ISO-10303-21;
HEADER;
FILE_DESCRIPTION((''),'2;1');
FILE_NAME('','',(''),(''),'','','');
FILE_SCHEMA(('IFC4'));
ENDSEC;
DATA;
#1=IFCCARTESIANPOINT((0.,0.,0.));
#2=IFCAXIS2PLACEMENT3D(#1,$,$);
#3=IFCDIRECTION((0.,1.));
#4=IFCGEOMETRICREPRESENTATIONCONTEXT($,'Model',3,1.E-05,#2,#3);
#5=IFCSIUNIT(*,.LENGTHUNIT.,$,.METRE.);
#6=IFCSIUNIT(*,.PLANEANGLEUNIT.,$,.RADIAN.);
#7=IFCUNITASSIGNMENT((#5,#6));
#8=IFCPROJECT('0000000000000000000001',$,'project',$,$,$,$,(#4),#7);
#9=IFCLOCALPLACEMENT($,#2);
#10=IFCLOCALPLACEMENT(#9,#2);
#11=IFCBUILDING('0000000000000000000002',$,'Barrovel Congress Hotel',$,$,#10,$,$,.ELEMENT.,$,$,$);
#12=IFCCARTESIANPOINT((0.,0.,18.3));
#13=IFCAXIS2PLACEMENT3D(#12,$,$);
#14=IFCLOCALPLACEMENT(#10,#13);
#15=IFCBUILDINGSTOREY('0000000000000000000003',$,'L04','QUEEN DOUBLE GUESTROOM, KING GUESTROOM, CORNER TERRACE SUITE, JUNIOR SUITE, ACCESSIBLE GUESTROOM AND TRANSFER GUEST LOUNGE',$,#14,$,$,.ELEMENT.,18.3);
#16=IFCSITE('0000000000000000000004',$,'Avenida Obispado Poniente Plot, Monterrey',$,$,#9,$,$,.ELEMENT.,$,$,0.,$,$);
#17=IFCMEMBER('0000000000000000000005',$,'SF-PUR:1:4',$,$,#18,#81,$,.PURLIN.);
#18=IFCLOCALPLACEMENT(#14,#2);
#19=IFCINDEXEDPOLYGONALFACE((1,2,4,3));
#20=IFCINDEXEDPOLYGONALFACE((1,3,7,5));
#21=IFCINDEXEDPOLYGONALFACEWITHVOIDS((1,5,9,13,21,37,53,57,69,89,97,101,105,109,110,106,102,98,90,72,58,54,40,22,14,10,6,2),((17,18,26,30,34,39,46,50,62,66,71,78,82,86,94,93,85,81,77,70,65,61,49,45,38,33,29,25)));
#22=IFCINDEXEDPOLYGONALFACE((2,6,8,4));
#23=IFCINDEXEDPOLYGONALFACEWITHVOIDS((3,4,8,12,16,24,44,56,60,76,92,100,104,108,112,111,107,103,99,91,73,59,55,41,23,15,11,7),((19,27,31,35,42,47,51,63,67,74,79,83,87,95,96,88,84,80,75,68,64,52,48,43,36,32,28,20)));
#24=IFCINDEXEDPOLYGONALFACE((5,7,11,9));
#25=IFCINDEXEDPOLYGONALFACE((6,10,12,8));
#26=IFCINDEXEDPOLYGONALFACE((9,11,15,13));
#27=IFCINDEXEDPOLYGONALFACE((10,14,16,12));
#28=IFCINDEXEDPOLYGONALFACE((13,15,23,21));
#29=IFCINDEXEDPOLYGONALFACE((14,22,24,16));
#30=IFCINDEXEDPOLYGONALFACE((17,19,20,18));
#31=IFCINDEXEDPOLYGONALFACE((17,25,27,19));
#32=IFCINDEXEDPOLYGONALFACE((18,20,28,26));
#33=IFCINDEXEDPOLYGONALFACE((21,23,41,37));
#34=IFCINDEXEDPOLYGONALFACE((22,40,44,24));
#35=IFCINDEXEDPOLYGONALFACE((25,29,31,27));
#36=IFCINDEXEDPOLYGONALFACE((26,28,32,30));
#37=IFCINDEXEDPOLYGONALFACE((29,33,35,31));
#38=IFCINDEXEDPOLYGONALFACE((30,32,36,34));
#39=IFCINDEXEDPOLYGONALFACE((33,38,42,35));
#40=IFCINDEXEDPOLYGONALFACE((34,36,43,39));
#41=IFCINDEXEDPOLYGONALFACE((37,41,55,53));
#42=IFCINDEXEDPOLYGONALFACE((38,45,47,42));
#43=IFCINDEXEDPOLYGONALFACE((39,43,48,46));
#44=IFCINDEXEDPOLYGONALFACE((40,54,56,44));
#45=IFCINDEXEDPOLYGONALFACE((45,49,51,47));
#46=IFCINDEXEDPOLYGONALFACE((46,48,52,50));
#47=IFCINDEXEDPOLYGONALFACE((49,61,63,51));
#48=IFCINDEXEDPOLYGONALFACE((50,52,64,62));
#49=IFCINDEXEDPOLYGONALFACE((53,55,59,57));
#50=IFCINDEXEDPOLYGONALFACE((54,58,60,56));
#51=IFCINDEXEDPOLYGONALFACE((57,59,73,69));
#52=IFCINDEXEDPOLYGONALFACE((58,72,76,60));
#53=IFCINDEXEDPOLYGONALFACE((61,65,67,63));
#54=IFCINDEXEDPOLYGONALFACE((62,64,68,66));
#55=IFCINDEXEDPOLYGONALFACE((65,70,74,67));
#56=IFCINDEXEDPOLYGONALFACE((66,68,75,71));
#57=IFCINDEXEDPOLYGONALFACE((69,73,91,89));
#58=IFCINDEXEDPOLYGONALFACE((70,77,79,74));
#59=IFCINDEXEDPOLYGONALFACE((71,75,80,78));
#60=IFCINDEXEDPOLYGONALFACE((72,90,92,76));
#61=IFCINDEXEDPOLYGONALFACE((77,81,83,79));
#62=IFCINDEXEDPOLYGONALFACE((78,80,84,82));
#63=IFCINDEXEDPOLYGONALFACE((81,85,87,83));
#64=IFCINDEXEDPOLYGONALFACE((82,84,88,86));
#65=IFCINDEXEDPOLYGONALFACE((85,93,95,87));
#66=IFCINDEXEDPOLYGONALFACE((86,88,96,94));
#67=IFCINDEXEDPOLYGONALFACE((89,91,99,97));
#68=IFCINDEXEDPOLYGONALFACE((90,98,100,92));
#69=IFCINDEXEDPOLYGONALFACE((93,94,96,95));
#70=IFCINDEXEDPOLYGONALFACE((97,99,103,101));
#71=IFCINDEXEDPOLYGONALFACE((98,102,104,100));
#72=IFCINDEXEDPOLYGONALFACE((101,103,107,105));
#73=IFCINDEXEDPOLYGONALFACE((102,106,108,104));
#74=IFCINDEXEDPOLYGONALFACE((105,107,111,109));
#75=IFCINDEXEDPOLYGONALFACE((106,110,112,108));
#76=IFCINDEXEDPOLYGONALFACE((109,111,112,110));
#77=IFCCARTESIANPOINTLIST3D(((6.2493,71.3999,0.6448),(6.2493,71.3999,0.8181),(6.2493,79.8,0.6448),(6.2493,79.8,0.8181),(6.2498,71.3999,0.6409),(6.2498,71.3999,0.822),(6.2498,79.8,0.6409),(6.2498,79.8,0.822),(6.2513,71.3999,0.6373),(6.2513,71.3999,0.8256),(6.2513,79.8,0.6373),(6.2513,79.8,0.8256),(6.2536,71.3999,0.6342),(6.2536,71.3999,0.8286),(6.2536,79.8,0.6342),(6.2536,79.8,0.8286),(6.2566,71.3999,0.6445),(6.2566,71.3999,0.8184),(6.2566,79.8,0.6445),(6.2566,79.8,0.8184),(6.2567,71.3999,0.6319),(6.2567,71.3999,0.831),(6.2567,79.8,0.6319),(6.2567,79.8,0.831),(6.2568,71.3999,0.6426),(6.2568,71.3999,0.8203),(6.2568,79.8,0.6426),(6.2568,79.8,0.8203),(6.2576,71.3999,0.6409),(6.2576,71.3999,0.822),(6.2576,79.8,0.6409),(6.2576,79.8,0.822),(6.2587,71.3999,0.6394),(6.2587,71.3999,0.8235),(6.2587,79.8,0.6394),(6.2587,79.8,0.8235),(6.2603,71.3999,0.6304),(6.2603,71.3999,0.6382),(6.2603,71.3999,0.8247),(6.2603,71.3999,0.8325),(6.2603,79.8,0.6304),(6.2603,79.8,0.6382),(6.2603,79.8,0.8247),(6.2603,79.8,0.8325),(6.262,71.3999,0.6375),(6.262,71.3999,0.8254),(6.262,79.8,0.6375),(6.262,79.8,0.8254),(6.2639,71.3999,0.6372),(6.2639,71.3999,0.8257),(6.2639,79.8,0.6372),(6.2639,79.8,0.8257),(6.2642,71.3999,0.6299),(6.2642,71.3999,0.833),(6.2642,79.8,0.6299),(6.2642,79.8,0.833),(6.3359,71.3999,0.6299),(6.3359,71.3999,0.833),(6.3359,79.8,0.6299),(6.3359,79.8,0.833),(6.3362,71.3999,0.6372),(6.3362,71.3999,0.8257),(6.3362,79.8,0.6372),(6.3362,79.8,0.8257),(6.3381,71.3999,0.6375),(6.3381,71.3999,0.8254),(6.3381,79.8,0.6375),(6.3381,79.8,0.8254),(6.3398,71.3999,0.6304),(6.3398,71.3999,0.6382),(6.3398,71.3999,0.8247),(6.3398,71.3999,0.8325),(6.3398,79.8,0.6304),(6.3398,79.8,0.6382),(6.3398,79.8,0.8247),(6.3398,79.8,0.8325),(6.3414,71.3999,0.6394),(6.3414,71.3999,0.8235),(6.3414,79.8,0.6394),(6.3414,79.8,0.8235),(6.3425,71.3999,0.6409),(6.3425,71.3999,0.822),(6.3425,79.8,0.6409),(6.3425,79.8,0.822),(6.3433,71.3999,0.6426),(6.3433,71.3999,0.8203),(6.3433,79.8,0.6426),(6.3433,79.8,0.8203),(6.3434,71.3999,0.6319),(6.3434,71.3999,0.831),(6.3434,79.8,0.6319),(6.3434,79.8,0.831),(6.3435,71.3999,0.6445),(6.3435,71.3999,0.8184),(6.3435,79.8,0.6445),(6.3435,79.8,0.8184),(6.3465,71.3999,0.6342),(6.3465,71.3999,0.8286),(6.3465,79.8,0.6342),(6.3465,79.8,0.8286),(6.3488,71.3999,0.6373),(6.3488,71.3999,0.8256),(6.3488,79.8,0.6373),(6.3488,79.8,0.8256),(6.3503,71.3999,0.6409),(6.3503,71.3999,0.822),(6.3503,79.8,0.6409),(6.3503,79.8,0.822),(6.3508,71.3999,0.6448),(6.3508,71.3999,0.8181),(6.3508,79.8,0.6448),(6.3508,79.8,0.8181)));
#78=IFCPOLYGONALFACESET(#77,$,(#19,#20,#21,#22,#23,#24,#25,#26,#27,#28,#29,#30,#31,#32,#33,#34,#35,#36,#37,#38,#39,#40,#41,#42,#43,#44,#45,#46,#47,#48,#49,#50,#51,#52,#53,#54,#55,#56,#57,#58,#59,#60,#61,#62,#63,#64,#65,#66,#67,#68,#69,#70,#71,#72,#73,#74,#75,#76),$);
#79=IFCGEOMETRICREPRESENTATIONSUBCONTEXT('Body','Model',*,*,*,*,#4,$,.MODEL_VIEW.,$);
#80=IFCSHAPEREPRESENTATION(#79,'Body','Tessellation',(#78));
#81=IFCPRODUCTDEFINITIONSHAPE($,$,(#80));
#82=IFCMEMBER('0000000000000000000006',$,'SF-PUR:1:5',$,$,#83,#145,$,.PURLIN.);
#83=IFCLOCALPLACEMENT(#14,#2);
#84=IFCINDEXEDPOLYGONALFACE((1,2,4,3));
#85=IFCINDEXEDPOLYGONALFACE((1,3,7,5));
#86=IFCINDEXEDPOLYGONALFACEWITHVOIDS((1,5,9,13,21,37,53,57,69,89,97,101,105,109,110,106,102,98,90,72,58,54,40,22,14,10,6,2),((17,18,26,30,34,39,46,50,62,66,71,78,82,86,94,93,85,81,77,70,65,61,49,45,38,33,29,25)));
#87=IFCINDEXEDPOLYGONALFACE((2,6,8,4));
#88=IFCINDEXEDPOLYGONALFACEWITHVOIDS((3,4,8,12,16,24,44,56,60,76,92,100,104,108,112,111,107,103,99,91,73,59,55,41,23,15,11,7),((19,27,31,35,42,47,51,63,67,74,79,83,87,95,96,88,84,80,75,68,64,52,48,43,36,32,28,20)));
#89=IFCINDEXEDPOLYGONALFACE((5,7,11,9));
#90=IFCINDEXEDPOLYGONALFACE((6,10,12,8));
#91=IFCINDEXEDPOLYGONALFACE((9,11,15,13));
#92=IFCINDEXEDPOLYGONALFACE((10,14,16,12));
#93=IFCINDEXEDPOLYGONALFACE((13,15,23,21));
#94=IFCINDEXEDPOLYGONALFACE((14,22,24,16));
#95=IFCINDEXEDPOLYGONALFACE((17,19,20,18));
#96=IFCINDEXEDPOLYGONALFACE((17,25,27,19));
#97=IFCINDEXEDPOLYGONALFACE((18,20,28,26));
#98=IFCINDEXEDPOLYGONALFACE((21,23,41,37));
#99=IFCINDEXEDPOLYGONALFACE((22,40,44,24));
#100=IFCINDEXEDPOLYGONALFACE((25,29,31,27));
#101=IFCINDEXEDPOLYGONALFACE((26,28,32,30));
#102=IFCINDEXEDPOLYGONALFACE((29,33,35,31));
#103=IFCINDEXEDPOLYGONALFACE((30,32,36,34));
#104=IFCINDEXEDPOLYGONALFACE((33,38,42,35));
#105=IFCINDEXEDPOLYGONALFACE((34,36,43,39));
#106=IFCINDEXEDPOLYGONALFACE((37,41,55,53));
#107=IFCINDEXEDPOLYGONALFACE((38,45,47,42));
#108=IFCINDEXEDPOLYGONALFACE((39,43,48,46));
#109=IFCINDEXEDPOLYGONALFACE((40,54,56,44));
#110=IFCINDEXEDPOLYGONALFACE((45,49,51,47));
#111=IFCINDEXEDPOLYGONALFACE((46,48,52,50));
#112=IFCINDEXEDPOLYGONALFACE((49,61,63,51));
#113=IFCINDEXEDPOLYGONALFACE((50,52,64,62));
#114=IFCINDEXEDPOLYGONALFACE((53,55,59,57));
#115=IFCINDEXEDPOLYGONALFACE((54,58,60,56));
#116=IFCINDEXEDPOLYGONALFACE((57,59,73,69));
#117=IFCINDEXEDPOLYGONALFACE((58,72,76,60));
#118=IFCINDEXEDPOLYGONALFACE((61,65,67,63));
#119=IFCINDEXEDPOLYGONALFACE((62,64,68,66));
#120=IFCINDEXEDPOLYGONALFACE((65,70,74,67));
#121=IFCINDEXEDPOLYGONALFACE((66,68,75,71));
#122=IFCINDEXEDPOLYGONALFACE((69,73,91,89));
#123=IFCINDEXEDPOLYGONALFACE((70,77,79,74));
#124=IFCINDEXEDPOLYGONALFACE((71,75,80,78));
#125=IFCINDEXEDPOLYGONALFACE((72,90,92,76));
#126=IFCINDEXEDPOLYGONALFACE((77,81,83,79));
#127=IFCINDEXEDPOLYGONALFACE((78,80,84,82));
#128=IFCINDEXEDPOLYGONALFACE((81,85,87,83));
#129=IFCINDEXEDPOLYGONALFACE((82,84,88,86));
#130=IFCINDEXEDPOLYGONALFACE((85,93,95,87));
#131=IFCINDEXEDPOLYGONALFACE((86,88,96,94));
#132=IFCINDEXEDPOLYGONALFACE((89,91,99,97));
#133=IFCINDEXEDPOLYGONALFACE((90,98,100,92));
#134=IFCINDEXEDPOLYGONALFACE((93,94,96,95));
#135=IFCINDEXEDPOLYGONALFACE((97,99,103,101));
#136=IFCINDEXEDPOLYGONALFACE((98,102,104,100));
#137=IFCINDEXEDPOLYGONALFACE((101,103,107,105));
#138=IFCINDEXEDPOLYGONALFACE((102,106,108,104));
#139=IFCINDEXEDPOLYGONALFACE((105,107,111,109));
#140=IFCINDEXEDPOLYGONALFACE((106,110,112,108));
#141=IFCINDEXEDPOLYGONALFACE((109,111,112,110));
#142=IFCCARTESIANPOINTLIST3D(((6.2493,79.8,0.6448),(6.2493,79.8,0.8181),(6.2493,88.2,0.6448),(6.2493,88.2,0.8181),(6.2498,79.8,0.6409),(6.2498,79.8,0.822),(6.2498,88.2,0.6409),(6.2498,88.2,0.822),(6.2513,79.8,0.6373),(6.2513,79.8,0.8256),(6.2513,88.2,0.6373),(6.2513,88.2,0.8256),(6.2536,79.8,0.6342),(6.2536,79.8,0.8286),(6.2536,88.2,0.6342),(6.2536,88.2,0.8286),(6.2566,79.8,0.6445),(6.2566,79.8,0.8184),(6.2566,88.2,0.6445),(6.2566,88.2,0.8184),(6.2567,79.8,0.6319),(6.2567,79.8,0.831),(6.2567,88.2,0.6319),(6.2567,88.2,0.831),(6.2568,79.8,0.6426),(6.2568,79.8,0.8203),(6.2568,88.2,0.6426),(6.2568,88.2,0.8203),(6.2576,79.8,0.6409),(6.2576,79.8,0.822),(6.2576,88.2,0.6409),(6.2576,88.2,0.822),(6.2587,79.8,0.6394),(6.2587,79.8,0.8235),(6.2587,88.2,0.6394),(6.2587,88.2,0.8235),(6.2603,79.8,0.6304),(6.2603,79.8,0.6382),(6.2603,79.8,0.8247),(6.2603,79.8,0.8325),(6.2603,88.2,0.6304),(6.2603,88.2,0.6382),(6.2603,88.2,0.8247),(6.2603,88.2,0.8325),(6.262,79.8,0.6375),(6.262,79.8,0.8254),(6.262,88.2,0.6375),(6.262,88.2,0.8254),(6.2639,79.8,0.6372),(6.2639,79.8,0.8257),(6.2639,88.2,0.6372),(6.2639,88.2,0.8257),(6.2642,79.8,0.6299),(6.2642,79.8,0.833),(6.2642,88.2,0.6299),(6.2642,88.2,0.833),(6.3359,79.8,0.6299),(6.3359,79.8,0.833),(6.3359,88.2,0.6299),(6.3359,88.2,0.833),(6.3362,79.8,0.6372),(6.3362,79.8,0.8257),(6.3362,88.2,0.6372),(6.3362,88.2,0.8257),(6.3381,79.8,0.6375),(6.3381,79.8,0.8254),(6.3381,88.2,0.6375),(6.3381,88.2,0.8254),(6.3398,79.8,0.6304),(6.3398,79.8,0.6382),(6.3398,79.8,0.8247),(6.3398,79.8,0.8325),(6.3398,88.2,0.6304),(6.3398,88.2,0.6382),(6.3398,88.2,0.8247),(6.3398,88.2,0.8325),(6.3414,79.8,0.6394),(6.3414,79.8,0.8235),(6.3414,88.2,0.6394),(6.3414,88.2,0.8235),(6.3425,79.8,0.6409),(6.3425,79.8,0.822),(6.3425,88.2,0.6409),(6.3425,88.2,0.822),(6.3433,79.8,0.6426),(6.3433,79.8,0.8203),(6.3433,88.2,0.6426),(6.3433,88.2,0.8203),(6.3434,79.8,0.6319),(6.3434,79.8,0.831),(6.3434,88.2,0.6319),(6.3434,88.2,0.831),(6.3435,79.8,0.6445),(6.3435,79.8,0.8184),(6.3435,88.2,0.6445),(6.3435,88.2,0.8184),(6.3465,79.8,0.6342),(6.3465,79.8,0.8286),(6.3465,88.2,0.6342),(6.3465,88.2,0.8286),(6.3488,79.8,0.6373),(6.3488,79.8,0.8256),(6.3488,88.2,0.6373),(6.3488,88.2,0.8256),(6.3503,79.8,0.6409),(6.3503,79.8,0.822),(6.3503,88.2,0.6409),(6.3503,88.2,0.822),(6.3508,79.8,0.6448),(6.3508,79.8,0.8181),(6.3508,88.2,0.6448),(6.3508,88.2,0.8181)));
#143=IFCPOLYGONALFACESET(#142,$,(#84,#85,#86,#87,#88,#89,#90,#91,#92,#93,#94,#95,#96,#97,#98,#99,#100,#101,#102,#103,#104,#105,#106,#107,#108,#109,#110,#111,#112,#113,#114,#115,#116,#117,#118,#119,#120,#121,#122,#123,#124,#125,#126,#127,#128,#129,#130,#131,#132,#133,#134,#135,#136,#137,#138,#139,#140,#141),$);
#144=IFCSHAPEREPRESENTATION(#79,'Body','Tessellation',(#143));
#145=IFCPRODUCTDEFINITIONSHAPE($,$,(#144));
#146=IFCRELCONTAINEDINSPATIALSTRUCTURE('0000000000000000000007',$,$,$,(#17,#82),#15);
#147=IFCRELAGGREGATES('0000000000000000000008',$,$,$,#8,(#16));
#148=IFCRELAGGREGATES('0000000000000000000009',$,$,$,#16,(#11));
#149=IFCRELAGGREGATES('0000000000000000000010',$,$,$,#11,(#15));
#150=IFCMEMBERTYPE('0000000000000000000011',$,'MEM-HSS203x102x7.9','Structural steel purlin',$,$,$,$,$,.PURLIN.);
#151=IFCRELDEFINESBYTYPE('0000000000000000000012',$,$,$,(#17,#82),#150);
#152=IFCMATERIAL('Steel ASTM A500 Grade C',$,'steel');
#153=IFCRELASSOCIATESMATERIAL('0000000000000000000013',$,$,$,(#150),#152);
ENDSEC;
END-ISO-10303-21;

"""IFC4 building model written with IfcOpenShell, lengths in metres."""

from ifc_helpers import new_model, si_unit, direction, frame, origin, origin_2d, place, context, subcontext, project, spatial, hollow_rectangle, extrude, material, material_profile, profile_set, type_object, element, save


model = new_model("IFC4")

# Units and contexts
model_context = context("Model", 3, precision=1e-05, world=origin(), true_north=direction((0.0, 1.0)))
body_context = subcontext(model_context, "Body", "Model", "MODEL_VIEW")
ifc_project = project(units=[si_unit("LENGTHUNIT", "METRE"), si_unit("PLANEANGLEUNIT", "RADIAN")], contexts=[model_context])

# Site, building, storey
site_placement = place(None, origin())
site = spatial("IfcSite", under=ifc_project, at=site_placement, Name="Avenida Obispado Poniente Plot, Monterrey", CompositionType="ELEMENT", RefElevation=0.0)
building_placement = place(site_placement, origin())
building = spatial("IfcBuilding", under=site, at=building_placement, Name="Barrovel Congress Hotel", CompositionType="ELEMENT")
storey_placement = place(building_placement, frame((0.0, 0.0, 18.3)))
storey = spatial("IfcBuildingStorey", under=building, at=storey_placement, Name="L04", Description="QUEEN DOUBLE GUESTROOM, KING GUESTROOM, CORNER TERRACE SUITE, JUNIOR SUITE, ACCESSIBLE GUESTROOM AND TRANSFER GUEST LOUNGE", CompositionType="ELEMENT", Elevation=18.3)

# Members
ifc_material_1 = material(Name="Steel ASTM A500 Grade C", Category="steel")
ifc_material_profile_1 = material_profile(ifc_material_1, hollow_rectangle(XDim=0.1016, YDim=0.2031, WallThickness=0.0073, InnerFilletRadius=0.0073, OuterFilletRadius=0.0149, at=origin_2d()), Name="HSS203x102x7.9")
ifc_profile_set_1 = profile_set([ifc_material_profile_1], Name="Steel ASTM A500 Grade C")
member_type_1 = type_object("IfcMemberType", Name="MEM-HSS203x102x7.9", Description="Structural steel purlin", PredefinedType="PURLIN", material=ifc_profile_set_1)
for number, where, z_axis, x_axis, name in (
    (1, (6.3, 71.3999, 0.7314), (0.0, 1.0, 0.0), (-1.0, 0.0, 0.0), "SF-PUR:1:4"),
):
    element("IfcMember", number, at=place(storey_placement, frame(where, z_axis=z_axis, x_axis=x_axis)), inside=storey, type_object=member_type_1, Name=name, PredefinedType="PURLIN", context=body_context, shape_type="SweptSolid", body=[
        extrude(hollow_rectangle(XDim=0.1016, YDim=0.2031, WallThickness=0.0073, InnerFilletRadius=0.0073, OuterFilletRadius=0.0149, at=origin_2d()), origin(), (0.0, 0.0, 1.0), 8.4001),
    ])
member_1_placement = place(storey_placement, frame((6.3, 79.8, 0.7314), z_axis=(0.0, 1.0, 0.0), x_axis=(-1.0, 0.0, 0.0)))
element("IfcMember", 2, at=member_1_placement, inside=storey, type_object=member_type_1, Name="SF-PUR:1:5", PredefinedType="PURLIN", context=body_context, shape_type="SweptSolid", body=[
    extrude(hollow_rectangle(XDim=0.1016, YDim=0.2031, WallThickness=0.0073, InnerFilletRadius=0.0073, OuterFilletRadius=0.0149, at=origin_2d()), origin(), (0.0, 0.0, 1.0), 8.3999),
])

save(model, "model.ifc")
